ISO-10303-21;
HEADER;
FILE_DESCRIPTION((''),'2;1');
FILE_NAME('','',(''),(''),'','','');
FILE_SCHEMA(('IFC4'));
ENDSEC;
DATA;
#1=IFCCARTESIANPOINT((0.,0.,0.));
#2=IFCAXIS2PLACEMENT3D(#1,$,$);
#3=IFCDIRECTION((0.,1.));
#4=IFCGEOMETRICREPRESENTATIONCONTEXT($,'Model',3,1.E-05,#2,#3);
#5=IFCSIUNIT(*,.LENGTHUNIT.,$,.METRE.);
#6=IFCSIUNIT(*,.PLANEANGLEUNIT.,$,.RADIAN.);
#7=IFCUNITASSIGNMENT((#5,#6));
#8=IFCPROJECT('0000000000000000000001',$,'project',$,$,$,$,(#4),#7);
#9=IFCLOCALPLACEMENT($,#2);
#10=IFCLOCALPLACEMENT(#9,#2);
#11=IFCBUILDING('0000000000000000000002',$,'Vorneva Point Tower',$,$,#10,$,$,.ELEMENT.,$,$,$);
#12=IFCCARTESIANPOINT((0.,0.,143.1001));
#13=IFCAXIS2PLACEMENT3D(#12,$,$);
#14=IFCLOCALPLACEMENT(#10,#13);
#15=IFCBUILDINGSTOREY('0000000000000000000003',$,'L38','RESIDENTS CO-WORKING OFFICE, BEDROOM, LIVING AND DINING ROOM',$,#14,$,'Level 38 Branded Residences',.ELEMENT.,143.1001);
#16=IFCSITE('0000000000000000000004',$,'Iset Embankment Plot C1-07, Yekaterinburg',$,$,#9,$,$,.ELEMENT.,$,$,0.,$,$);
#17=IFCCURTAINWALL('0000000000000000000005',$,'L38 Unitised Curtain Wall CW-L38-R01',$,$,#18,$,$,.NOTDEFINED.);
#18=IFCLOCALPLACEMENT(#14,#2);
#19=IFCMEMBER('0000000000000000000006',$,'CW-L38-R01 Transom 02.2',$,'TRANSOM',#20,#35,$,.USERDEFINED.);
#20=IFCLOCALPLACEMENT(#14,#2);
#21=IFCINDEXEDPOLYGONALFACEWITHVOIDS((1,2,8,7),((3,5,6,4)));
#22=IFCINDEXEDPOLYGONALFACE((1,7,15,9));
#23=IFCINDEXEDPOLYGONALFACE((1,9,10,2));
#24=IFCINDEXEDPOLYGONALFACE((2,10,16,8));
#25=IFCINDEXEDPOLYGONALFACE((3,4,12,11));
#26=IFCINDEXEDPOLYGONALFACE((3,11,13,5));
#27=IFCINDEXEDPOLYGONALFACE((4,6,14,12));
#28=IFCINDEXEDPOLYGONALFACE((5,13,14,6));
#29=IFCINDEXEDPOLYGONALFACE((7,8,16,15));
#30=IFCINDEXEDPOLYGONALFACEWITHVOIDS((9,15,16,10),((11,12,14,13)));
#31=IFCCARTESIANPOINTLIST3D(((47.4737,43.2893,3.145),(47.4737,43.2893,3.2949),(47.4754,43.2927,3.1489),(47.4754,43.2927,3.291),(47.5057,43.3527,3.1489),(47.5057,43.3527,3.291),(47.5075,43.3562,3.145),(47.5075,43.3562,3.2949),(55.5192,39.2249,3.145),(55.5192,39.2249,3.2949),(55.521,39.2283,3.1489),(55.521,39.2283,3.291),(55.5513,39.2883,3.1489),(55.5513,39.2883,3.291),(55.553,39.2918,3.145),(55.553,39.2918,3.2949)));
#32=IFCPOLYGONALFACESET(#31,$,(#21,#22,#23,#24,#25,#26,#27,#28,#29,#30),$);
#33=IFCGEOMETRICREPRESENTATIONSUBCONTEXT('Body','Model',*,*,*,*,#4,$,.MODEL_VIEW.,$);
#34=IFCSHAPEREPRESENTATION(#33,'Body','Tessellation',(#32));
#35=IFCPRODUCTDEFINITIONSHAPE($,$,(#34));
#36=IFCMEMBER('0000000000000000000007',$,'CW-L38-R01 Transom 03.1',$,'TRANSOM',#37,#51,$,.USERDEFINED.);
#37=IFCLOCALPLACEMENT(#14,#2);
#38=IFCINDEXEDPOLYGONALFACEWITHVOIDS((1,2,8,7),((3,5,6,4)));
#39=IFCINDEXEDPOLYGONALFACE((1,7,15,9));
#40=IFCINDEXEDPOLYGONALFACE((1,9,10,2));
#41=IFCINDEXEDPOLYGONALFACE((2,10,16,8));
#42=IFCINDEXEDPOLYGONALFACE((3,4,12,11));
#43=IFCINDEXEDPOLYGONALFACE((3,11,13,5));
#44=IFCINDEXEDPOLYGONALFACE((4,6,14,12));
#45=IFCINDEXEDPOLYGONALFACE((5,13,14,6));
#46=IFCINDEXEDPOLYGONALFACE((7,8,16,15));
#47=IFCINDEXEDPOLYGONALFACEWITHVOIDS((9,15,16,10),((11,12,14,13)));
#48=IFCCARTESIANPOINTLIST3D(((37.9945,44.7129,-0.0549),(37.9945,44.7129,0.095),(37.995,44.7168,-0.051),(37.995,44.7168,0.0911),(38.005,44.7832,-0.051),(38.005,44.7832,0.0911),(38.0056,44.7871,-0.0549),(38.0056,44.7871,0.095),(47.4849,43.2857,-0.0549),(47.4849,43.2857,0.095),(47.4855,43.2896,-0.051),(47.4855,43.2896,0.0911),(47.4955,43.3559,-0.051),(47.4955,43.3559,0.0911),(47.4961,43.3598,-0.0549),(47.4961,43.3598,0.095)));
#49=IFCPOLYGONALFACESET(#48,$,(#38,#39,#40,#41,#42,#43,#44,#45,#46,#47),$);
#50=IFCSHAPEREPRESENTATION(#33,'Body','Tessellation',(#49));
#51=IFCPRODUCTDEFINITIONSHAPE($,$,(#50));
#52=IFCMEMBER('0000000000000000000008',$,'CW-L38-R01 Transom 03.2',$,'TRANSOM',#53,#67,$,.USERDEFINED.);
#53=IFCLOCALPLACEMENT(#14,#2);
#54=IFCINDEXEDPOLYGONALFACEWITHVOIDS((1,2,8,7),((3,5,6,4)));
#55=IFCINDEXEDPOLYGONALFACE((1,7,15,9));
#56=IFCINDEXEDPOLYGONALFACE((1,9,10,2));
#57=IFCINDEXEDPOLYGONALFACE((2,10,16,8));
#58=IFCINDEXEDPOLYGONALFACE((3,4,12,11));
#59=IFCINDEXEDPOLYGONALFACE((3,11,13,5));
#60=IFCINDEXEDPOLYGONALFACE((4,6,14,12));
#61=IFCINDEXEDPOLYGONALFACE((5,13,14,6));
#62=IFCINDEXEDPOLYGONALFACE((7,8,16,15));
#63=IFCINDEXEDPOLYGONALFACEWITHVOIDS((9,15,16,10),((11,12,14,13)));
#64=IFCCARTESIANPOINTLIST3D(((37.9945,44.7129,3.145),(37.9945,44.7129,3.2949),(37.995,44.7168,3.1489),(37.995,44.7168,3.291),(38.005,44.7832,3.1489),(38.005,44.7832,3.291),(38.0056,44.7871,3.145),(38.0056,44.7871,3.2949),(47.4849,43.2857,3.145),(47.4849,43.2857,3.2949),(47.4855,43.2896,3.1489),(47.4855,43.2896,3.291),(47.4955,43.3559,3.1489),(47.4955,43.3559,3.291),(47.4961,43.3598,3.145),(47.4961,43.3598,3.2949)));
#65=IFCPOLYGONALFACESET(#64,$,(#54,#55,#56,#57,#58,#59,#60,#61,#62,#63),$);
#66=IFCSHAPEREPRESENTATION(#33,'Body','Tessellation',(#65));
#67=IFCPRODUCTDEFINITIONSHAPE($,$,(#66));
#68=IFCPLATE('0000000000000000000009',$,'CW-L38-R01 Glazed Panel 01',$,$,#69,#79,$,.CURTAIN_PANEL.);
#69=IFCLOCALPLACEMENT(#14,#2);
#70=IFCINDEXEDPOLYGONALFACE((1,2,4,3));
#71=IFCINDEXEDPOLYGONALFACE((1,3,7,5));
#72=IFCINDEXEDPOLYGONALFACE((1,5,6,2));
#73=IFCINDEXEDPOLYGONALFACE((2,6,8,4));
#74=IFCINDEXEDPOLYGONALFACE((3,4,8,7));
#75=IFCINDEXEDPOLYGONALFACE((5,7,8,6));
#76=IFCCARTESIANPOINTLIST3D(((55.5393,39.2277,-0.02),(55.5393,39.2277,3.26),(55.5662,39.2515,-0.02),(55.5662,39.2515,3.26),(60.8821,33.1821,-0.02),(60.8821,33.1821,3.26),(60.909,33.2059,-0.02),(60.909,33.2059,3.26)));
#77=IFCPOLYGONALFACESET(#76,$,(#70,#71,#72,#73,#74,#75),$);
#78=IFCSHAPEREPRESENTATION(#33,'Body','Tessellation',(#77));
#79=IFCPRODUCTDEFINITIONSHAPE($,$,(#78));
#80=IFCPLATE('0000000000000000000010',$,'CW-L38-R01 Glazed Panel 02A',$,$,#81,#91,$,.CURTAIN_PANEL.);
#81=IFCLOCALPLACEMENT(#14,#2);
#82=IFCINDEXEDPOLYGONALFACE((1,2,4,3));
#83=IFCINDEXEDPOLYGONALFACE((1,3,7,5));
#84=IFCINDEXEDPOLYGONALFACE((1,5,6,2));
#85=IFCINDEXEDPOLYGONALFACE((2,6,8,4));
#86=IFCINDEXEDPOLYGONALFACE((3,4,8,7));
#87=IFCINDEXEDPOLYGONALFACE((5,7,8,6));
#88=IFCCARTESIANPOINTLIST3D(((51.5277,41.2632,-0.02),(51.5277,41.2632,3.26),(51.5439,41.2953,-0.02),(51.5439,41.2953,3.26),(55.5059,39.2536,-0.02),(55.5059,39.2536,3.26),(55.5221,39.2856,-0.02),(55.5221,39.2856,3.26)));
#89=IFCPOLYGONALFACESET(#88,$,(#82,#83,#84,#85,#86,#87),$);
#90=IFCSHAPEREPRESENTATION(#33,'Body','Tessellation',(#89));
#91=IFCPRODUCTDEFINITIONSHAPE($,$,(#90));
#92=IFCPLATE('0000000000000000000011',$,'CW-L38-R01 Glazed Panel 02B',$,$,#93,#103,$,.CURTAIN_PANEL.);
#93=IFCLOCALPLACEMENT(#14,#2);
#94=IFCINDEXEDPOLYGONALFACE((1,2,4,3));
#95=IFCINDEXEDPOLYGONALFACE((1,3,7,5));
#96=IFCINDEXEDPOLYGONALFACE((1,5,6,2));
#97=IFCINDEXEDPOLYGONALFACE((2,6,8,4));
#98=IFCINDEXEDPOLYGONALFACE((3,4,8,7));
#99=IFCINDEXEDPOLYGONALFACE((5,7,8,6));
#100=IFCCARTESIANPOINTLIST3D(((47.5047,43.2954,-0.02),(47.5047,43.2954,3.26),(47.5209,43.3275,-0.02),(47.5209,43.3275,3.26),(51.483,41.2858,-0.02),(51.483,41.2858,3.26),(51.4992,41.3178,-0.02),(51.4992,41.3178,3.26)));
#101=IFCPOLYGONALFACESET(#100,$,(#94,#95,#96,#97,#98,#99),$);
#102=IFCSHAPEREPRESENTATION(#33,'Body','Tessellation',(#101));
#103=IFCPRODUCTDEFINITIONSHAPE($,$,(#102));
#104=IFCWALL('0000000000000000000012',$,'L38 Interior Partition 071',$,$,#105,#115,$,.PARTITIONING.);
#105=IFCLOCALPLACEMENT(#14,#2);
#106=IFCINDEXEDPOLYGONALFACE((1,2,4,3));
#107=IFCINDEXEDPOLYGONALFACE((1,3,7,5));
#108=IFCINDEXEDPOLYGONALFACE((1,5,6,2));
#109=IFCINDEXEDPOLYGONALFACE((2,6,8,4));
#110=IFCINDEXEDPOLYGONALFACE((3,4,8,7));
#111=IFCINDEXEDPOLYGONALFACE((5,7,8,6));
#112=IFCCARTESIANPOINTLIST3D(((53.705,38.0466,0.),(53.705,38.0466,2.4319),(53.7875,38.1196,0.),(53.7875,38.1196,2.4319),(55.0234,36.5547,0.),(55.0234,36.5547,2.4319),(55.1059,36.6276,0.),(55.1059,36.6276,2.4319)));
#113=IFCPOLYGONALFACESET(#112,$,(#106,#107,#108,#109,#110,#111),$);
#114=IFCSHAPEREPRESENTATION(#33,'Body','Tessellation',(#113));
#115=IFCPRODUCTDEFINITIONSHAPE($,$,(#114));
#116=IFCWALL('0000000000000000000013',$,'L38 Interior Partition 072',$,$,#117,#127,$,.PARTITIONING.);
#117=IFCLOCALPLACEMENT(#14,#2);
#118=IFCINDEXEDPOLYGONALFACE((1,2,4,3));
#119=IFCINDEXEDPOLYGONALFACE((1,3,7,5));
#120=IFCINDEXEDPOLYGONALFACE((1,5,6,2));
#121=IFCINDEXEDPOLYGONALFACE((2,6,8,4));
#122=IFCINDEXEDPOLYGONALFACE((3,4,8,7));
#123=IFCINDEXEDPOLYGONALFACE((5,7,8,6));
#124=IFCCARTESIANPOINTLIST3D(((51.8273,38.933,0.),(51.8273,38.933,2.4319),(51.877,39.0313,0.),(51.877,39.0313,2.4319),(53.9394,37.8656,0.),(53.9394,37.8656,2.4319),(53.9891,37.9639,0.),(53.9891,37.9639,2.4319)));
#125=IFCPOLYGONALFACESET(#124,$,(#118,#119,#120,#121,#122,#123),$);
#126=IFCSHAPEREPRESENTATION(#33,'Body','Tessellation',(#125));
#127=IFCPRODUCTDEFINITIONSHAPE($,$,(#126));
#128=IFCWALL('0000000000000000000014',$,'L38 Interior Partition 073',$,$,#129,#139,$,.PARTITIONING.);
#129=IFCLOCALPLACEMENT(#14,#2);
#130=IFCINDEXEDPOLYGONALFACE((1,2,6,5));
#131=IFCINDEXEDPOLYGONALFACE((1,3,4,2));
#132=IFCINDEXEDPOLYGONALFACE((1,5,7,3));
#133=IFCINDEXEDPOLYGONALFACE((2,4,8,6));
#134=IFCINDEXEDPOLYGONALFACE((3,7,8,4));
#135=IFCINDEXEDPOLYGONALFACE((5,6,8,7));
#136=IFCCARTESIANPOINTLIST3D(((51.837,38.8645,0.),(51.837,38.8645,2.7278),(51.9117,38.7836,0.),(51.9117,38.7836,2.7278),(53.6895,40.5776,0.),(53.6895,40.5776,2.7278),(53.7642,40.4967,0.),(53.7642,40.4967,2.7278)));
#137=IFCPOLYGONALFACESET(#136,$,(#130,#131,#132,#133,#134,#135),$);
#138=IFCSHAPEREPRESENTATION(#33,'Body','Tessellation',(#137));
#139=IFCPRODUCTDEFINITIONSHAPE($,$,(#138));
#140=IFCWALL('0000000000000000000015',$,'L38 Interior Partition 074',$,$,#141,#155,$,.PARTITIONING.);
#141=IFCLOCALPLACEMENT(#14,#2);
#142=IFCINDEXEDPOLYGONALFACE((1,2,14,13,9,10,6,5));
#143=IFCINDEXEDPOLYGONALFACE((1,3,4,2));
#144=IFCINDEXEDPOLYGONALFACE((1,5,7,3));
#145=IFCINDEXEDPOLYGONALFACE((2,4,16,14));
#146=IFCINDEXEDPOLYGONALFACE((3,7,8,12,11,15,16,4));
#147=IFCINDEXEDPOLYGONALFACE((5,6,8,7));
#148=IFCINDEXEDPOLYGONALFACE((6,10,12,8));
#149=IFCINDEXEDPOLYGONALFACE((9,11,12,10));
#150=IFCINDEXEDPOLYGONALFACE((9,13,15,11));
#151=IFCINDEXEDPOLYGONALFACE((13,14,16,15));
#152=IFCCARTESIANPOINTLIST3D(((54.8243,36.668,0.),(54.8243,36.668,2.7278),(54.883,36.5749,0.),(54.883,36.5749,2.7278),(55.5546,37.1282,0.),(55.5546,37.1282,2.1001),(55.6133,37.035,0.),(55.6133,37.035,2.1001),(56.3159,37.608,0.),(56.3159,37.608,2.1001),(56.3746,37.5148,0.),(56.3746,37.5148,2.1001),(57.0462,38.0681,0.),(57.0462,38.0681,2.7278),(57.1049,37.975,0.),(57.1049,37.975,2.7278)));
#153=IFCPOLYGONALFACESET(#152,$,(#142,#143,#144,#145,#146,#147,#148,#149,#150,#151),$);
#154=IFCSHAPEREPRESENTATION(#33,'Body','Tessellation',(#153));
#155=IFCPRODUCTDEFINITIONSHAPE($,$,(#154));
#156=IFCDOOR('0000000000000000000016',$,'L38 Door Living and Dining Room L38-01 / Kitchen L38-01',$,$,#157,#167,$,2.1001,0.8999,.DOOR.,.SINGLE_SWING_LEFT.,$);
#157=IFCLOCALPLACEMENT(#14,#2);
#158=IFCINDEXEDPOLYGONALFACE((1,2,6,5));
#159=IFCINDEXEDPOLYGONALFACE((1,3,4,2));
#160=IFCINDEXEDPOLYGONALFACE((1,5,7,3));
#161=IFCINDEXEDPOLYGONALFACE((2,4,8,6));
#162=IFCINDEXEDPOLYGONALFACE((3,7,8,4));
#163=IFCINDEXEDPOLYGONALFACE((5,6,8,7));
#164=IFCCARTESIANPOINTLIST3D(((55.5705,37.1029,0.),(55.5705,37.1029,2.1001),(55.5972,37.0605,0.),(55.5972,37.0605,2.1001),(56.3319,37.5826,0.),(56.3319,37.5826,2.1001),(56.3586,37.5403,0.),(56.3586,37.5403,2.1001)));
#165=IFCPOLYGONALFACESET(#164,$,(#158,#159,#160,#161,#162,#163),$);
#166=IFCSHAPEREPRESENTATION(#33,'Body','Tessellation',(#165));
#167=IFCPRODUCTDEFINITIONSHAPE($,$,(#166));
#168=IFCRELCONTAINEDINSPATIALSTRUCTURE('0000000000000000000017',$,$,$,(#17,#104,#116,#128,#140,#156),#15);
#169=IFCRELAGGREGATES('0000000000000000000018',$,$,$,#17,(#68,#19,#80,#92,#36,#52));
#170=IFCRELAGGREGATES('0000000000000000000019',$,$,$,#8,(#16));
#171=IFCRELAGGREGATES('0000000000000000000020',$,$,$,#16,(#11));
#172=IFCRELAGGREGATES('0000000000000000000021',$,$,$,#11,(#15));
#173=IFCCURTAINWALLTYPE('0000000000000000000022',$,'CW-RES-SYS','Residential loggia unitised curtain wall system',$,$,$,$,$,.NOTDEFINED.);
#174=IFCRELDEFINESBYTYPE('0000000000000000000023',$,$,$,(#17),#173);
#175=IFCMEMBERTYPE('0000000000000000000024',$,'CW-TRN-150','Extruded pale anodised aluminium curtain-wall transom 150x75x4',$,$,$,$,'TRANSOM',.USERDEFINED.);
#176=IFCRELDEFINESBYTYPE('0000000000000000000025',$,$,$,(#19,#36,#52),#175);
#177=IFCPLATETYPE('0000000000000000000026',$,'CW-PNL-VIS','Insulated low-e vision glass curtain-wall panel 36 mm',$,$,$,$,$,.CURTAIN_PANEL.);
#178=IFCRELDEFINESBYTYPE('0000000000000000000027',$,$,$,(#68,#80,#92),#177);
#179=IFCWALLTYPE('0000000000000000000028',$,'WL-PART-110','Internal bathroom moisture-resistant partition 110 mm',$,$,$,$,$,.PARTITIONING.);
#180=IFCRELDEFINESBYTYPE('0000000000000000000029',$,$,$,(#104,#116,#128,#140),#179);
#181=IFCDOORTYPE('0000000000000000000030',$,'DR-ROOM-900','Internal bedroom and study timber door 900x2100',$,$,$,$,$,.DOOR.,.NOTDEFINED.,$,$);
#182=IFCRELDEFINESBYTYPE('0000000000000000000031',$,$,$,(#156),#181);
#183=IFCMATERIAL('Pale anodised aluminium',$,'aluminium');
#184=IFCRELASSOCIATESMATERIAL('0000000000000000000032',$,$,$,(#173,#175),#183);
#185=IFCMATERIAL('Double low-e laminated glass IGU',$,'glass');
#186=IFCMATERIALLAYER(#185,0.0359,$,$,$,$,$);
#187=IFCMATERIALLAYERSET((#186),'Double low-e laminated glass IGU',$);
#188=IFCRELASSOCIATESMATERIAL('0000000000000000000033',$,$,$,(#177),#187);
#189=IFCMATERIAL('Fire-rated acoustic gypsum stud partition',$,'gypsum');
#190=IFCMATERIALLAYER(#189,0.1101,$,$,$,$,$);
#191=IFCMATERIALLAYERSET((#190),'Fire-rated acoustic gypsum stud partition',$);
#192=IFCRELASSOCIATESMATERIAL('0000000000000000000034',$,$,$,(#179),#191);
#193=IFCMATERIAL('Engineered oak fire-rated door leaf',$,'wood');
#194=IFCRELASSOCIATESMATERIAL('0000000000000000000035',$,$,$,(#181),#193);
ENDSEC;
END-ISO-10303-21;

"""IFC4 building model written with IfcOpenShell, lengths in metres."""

from ifc_helpers import new_model, si_unit, direction, frame, frame_2d, origin, origin_2d, place, context, subcontext, project, spatial, rectangle, hollow_rectangle, extrude, material, layer, layer_set, material_profile, profile_set, type_object, element, fill, aggregate, save


model = new_model("IFC4")

# Units and contexts
model_context = context("Model", 3, precision=1e-05, world=origin(), true_north=direction((0.0, 1.0)))
body_context = subcontext(model_context, "Body", "Model", "MODEL_VIEW")
ifc_project = project(units=[si_unit("LENGTHUNIT", "METRE"), si_unit("PLANEANGLEUNIT", "RADIAN")], contexts=[model_context])

# Site, building, storey
site_placement = place(None, origin())
site = spatial("IfcSite", under=ifc_project, at=site_placement, Name="Iset Embankment Plot C1-07, Yekaterinburg", CompositionType="ELEMENT", RefElevation=0.0)
building_placement = place(site_placement, origin())
building = spatial("IfcBuilding", under=site, at=building_placement, Name="Vorneva Point Tower", CompositionType="ELEMENT")
storey_placement = place(building_placement, frame((0.0, 0.0, 143.1001)))
storey = spatial("IfcBuildingStorey", under=building, at=storey_placement, Name="L38", Description="RESIDENTS CO-WORKING OFFICE, BEDROOM, LIVING AND DINING ROOM", LongName="Level 38 Branded Residences", CompositionType="ELEMENT", Elevation=143.1001)

# Curtain wall, members, plates
ifc_material_1 = material(Name="Pale anodised aluminium", Category="aluminium")
curtain_wall_type = type_object("IfcCurtainWallType", Name="CW-RES-SYS", Description="Residential loggia unitised curtain wall system", PredefinedType="NOTDEFINED", material=ifc_material_1)
curtain_wall_placement = place(storey_placement, origin())
curtain_wall = element("IfcCurtainWall", 1, at=curtain_wall_placement, inside=storey, type_object=curtain_wall_type, Name="L38 Unitised Curtain Wall CW-L38-R01", PredefinedType="NOTDEFINED")
ifc_material_profile_1 = material_profile(ifc_material_1, hollow_rectangle(XDim=0.075, YDim=0.1499, WallThickness=0.0039, at=origin_2d()), Name="AL-TRN 150x75x4")
ifc_profile_set_1 = profile_set([ifc_material_profile_1], Name="Pale anodised aluminium")
member_type_1 = type_object("IfcMemberType", Name="CW-TRN-150", Description="Extruded pale anodised aluminium curtain-wall transom 150x75x4", ElementType="TRANSOM", PredefinedType="USERDEFINED", material=ifc_profile_set_1)
member_1_placement = place(storey_placement, frame((55.5361, 39.2583, 3.22), z_axis=(-0.892572, 0.450904, 0.0), x_axis=(-0.450904, -0.892572, 0.0)))
member_1 = element("IfcMember", 2, at=member_1_placement, type_object=member_type_1, Name="CW-L38-R01 Transom 02.2", ObjectType="TRANSOM", PredefinedType="USERDEFINED", context=body_context, shape_type="SweptSolid", body=[
    extrude(hollow_rectangle(XDim=0.075, YDim=0.1499, WallThickness=0.0039, at=origin_2d()), origin(), (0.0, 0.0, 1.0), 9.0139),
])
member_2_placement = place(storey_placement, frame((47.4905, 43.3228, 0.02), z_axis=(-0.98888, 0.148715, 0.0), x_axis=(-0.148715, -0.98888, 0.0)))
member_2 = element("IfcMember", 3, at=member_2_placement, type_object=member_type_1, Name="CW-L38-R01 Transom 03.1", ObjectType="TRANSOM", PredefinedType="USERDEFINED", context=body_context, shape_type="SweptSolid", body=[
    extrude(hollow_rectangle(XDim=0.075, YDim=0.1499, WallThickness=0.0039, at=origin_2d()), origin(), (0.0, 0.0, 1.0), 9.5972),
])
member_3_placement = place(storey_placement, frame((47.4905, 43.3228, 3.22), z_axis=(-0.98888, 0.148715, 0.0), x_axis=(-0.148715, -0.98888, 0.0)))
member_3 = element("IfcMember", 4, at=member_3_placement, type_object=member_type_1, Name="CW-L38-R01 Transom 03.2", ObjectType="TRANSOM", PredefinedType="USERDEFINED", context=body_context, shape_type="SweptSolid", body=[
    extrude(hollow_rectangle(XDim=0.075, YDim=0.1499, WallThickness=0.0039, at=origin_2d()), origin(), (0.0, 0.0, 1.0), 9.5972),
])
ifc_material_2 = material(Name="Double low-e laminated glass IGU", Category="glass")
ifc_layer_1 = layer(ifc_material_2, 0.0359)
ifc_layer_set_1 = layer_set([ifc_layer_1], Name="Double low-e laminated glass IGU")
plate_type = type_object("IfcPlateType", Name="CW-PNL-VIS", Description="Insulated low-e vision glass curtain-wall panel 36 mm", PredefinedType="CURTAIN_PANEL", material=ifc_layer_set_1)
plate_1_placement = place(storey_placement, frame((58.2241, 36.2168, -0.02), z_axis=(0.0, 0.0, 1.0), x_axis=(-0.662215, 0.749314, 0.0)))
plate_1 = element("IfcPlate", 5, at=plate_1_placement, type_object=plate_type, Name="CW-L38-R01 Glazed Panel 01", PredefinedType="CURTAIN_PANEL", context=body_context, shape_type="SweptSolid", body=[
    extrude(rectangle(XDim=8.0681, YDim=0.0359, at=origin_2d()), origin(), (0.0, 0.0, 1.0), 3.28),
])
plate_2_placement = place(storey_placement, frame((53.5249, 40.2744, -0.02), z_axis=(0.0, 0.0, 1.0), x_axis=(-0.892578, 0.450893, 0.0)))
plate_2 = element("IfcPlate", 6, at=plate_2_placement, type_object=plate_type, Name="CW-L38-R01 Glazed Panel 02A", PredefinedType="CURTAIN_PANEL", context=body_context, shape_type="SweptSolid", body=[
    extrude(rectangle(XDim=4.457, YDim=0.0359, at=origin_2d()), origin(), (0.0, 0.0, 1.0), 3.28),
])
plate_3_placement = place(storey_placement, frame((49.502, 42.3066, -0.02), z_axis=(0.0, 0.0, 1.0), x_axis=(-0.892578, 0.450893, 0.0)))
plate_3 = element("IfcPlate", 7, at=plate_3_placement, type_object=plate_type, Name="CW-L38-R01 Glazed Panel 02B", PredefinedType="CURTAIN_PANEL", context=body_context, shape_type="SweptSolid", body=[
    extrude(rectangle(XDim=4.457, YDim=0.0359, at=origin_2d()), origin(), (0.0, 0.0, 1.0), 3.28),
])
aggregate(curtain_wall, [plate_1, member_1, plate_2, plate_3, member_2, member_3])

# Walls
ifc_material_3 = material(Name="Fire-rated acoustic gypsum stud partition", Category="gypsum")
ifc_layer_2 = layer(ifc_material_3, 0.1101)
ifc_layer_set_2 = layer_set([ifc_layer_2], Name="Fire-rated acoustic gypsum stud partition")
wall_type_1 = type_object("IfcWallType", Name="WL-PART-110", Description="Internal bathroom moisture-resistant partition 110 mm", PredefinedType="PARTITIONING", material=ifc_layer_set_2)
wall_1_placement = place(storey_placement, frame((55.0647, 36.5911, 0.0), z_axis=(0.0, 0.0, 1.0), x_axis=(-0.662169, 0.749355, 0.0)))
element("IfcWall", 8, at=wall_1_placement, inside=storey, type_object=wall_type_1, Name="L38 Interior Partition 071", PredefinedType="PARTITIONING", context=body_context, shape_type="SweptSolid", body=[
    extrude(rectangle(XDim=1.991, YDim=0.1101, at=frame_2d((0.9956, 0.0))), origin(), (0.0, 0.0, 1.0), 2.4319),
])
wall_2_placement = place(storey_placement, frame((53.9641, 37.9148, 0.0), z_axis=(0.0, 0.0, 1.0), x_axis=(-0.8925, 0.451047, 0.0)))
element("IfcWall", 9, at=wall_2_placement, inside=storey, type_object=wall_type_1, Name="L38 Interior Partition 072", PredefinedType="PARTITIONING", context=body_context, shape_type="SweptSolid", body=[
    extrude(rectangle(XDim=2.3665, YDim=0.1101, at=frame_2d((1.1831, 0.0))), origin(), (0.0, 0.0, 1.0), 2.4319),
])
wall_3_placement = place(storey_placement, frame((51.8743, 38.824, 0.0), z_axis=(0.0, 0.0, 1.0), x_axis=(0.734191, 0.678943, 0.0)))
element("IfcWall", 10, at=wall_3_placement, inside=storey, type_object=wall_type_1, Name="L38 Interior Partition 073", PredefinedType="PARTITIONING", context=body_context, shape_type="SweptSolid", body=[
    extrude(rectangle(XDim=2.5232, YDim=0.1101, at=frame_2d((1.2617, 0.0))), origin(), (0.0, 0.0, 1.0), 2.7278),
])

# Wall, opening, door
wall_4_placement = place(storey_placement, frame((57.0754, 38.0215, 0.0), z_axis=(0.0, 0.0, 1.0), x_axis=(-0.846034, -0.533129, 0.0)))
wall_4 = element("IfcWall", 11, at=wall_4_placement, inside=storey, type_object=wall_type_1, Name="L38 Interior Partition 074", PredefinedType="PARTITIONING", context=body_context, shape_type="SweptSolid", body=[
    extrude(rectangle(XDim=2.6262, YDim=0.1101, at=frame_2d((1.313, 0.0))), origin(), (0.0, 0.0, 1.0), 2.7278),
])
opening_1_placement = place(wall_4_placement, frame((0.863, 0.0, 0.0)))
opening_1 = element("IfcOpeningElement", 12, at=opening_1_placement, cuts=wall_4, PredefinedType="OPENING", context=body_context, shape_type="SweptSolid", body=[
    extrude(rectangle(XDim=0.8999, YDim=2.1001, at=frame_2d((0.45, 1.05))), frame((0.0, 0.0698, 0.0), z_axis=(0.0, -1.0, 0.0), x_axis=(1.0, 0.0, 0.0)), (0.0, 0.0, 1.0), 0.1399),
])
ifc_material_4 = material(Name="Engineered oak fire-rated door leaf", Category="wood")
door_type = type_object("IfcDoorType", Name="DR-ROOM-900", Description="Internal bedroom and study timber door 900x2100", OperationType="NOTDEFINED", PredefinedType="DOOR", material=ifc_material_4)
door_1_placement = place(opening_1_placement, origin())
door_1 = element("IfcDoor", 13, at=door_1_placement, inside=storey, type_object=door_type, Name="L38 Door Living and Dining Room L38-01 / Kitchen L38-01", OperationType="SINGLE_SWING_LEFT", OverallHeight=2.1001, OverallWidth=0.8999, PredefinedType="DOOR", context=body_context, shape_type="SweptSolid", body=[
    extrude(rectangle(XDim=0.8999, YDim=2.1001, at=frame_2d((0.45, 1.05))), frame((0.0, 0.0249, 0.0), z_axis=(0.0, -1.0, 0.0), x_axis=(1.0, 0.0, 0.0)), (0.0, 0.0, 1.0), 0.05),
])
fill(opening_1, door_1)

save(model, "model.ifc")
